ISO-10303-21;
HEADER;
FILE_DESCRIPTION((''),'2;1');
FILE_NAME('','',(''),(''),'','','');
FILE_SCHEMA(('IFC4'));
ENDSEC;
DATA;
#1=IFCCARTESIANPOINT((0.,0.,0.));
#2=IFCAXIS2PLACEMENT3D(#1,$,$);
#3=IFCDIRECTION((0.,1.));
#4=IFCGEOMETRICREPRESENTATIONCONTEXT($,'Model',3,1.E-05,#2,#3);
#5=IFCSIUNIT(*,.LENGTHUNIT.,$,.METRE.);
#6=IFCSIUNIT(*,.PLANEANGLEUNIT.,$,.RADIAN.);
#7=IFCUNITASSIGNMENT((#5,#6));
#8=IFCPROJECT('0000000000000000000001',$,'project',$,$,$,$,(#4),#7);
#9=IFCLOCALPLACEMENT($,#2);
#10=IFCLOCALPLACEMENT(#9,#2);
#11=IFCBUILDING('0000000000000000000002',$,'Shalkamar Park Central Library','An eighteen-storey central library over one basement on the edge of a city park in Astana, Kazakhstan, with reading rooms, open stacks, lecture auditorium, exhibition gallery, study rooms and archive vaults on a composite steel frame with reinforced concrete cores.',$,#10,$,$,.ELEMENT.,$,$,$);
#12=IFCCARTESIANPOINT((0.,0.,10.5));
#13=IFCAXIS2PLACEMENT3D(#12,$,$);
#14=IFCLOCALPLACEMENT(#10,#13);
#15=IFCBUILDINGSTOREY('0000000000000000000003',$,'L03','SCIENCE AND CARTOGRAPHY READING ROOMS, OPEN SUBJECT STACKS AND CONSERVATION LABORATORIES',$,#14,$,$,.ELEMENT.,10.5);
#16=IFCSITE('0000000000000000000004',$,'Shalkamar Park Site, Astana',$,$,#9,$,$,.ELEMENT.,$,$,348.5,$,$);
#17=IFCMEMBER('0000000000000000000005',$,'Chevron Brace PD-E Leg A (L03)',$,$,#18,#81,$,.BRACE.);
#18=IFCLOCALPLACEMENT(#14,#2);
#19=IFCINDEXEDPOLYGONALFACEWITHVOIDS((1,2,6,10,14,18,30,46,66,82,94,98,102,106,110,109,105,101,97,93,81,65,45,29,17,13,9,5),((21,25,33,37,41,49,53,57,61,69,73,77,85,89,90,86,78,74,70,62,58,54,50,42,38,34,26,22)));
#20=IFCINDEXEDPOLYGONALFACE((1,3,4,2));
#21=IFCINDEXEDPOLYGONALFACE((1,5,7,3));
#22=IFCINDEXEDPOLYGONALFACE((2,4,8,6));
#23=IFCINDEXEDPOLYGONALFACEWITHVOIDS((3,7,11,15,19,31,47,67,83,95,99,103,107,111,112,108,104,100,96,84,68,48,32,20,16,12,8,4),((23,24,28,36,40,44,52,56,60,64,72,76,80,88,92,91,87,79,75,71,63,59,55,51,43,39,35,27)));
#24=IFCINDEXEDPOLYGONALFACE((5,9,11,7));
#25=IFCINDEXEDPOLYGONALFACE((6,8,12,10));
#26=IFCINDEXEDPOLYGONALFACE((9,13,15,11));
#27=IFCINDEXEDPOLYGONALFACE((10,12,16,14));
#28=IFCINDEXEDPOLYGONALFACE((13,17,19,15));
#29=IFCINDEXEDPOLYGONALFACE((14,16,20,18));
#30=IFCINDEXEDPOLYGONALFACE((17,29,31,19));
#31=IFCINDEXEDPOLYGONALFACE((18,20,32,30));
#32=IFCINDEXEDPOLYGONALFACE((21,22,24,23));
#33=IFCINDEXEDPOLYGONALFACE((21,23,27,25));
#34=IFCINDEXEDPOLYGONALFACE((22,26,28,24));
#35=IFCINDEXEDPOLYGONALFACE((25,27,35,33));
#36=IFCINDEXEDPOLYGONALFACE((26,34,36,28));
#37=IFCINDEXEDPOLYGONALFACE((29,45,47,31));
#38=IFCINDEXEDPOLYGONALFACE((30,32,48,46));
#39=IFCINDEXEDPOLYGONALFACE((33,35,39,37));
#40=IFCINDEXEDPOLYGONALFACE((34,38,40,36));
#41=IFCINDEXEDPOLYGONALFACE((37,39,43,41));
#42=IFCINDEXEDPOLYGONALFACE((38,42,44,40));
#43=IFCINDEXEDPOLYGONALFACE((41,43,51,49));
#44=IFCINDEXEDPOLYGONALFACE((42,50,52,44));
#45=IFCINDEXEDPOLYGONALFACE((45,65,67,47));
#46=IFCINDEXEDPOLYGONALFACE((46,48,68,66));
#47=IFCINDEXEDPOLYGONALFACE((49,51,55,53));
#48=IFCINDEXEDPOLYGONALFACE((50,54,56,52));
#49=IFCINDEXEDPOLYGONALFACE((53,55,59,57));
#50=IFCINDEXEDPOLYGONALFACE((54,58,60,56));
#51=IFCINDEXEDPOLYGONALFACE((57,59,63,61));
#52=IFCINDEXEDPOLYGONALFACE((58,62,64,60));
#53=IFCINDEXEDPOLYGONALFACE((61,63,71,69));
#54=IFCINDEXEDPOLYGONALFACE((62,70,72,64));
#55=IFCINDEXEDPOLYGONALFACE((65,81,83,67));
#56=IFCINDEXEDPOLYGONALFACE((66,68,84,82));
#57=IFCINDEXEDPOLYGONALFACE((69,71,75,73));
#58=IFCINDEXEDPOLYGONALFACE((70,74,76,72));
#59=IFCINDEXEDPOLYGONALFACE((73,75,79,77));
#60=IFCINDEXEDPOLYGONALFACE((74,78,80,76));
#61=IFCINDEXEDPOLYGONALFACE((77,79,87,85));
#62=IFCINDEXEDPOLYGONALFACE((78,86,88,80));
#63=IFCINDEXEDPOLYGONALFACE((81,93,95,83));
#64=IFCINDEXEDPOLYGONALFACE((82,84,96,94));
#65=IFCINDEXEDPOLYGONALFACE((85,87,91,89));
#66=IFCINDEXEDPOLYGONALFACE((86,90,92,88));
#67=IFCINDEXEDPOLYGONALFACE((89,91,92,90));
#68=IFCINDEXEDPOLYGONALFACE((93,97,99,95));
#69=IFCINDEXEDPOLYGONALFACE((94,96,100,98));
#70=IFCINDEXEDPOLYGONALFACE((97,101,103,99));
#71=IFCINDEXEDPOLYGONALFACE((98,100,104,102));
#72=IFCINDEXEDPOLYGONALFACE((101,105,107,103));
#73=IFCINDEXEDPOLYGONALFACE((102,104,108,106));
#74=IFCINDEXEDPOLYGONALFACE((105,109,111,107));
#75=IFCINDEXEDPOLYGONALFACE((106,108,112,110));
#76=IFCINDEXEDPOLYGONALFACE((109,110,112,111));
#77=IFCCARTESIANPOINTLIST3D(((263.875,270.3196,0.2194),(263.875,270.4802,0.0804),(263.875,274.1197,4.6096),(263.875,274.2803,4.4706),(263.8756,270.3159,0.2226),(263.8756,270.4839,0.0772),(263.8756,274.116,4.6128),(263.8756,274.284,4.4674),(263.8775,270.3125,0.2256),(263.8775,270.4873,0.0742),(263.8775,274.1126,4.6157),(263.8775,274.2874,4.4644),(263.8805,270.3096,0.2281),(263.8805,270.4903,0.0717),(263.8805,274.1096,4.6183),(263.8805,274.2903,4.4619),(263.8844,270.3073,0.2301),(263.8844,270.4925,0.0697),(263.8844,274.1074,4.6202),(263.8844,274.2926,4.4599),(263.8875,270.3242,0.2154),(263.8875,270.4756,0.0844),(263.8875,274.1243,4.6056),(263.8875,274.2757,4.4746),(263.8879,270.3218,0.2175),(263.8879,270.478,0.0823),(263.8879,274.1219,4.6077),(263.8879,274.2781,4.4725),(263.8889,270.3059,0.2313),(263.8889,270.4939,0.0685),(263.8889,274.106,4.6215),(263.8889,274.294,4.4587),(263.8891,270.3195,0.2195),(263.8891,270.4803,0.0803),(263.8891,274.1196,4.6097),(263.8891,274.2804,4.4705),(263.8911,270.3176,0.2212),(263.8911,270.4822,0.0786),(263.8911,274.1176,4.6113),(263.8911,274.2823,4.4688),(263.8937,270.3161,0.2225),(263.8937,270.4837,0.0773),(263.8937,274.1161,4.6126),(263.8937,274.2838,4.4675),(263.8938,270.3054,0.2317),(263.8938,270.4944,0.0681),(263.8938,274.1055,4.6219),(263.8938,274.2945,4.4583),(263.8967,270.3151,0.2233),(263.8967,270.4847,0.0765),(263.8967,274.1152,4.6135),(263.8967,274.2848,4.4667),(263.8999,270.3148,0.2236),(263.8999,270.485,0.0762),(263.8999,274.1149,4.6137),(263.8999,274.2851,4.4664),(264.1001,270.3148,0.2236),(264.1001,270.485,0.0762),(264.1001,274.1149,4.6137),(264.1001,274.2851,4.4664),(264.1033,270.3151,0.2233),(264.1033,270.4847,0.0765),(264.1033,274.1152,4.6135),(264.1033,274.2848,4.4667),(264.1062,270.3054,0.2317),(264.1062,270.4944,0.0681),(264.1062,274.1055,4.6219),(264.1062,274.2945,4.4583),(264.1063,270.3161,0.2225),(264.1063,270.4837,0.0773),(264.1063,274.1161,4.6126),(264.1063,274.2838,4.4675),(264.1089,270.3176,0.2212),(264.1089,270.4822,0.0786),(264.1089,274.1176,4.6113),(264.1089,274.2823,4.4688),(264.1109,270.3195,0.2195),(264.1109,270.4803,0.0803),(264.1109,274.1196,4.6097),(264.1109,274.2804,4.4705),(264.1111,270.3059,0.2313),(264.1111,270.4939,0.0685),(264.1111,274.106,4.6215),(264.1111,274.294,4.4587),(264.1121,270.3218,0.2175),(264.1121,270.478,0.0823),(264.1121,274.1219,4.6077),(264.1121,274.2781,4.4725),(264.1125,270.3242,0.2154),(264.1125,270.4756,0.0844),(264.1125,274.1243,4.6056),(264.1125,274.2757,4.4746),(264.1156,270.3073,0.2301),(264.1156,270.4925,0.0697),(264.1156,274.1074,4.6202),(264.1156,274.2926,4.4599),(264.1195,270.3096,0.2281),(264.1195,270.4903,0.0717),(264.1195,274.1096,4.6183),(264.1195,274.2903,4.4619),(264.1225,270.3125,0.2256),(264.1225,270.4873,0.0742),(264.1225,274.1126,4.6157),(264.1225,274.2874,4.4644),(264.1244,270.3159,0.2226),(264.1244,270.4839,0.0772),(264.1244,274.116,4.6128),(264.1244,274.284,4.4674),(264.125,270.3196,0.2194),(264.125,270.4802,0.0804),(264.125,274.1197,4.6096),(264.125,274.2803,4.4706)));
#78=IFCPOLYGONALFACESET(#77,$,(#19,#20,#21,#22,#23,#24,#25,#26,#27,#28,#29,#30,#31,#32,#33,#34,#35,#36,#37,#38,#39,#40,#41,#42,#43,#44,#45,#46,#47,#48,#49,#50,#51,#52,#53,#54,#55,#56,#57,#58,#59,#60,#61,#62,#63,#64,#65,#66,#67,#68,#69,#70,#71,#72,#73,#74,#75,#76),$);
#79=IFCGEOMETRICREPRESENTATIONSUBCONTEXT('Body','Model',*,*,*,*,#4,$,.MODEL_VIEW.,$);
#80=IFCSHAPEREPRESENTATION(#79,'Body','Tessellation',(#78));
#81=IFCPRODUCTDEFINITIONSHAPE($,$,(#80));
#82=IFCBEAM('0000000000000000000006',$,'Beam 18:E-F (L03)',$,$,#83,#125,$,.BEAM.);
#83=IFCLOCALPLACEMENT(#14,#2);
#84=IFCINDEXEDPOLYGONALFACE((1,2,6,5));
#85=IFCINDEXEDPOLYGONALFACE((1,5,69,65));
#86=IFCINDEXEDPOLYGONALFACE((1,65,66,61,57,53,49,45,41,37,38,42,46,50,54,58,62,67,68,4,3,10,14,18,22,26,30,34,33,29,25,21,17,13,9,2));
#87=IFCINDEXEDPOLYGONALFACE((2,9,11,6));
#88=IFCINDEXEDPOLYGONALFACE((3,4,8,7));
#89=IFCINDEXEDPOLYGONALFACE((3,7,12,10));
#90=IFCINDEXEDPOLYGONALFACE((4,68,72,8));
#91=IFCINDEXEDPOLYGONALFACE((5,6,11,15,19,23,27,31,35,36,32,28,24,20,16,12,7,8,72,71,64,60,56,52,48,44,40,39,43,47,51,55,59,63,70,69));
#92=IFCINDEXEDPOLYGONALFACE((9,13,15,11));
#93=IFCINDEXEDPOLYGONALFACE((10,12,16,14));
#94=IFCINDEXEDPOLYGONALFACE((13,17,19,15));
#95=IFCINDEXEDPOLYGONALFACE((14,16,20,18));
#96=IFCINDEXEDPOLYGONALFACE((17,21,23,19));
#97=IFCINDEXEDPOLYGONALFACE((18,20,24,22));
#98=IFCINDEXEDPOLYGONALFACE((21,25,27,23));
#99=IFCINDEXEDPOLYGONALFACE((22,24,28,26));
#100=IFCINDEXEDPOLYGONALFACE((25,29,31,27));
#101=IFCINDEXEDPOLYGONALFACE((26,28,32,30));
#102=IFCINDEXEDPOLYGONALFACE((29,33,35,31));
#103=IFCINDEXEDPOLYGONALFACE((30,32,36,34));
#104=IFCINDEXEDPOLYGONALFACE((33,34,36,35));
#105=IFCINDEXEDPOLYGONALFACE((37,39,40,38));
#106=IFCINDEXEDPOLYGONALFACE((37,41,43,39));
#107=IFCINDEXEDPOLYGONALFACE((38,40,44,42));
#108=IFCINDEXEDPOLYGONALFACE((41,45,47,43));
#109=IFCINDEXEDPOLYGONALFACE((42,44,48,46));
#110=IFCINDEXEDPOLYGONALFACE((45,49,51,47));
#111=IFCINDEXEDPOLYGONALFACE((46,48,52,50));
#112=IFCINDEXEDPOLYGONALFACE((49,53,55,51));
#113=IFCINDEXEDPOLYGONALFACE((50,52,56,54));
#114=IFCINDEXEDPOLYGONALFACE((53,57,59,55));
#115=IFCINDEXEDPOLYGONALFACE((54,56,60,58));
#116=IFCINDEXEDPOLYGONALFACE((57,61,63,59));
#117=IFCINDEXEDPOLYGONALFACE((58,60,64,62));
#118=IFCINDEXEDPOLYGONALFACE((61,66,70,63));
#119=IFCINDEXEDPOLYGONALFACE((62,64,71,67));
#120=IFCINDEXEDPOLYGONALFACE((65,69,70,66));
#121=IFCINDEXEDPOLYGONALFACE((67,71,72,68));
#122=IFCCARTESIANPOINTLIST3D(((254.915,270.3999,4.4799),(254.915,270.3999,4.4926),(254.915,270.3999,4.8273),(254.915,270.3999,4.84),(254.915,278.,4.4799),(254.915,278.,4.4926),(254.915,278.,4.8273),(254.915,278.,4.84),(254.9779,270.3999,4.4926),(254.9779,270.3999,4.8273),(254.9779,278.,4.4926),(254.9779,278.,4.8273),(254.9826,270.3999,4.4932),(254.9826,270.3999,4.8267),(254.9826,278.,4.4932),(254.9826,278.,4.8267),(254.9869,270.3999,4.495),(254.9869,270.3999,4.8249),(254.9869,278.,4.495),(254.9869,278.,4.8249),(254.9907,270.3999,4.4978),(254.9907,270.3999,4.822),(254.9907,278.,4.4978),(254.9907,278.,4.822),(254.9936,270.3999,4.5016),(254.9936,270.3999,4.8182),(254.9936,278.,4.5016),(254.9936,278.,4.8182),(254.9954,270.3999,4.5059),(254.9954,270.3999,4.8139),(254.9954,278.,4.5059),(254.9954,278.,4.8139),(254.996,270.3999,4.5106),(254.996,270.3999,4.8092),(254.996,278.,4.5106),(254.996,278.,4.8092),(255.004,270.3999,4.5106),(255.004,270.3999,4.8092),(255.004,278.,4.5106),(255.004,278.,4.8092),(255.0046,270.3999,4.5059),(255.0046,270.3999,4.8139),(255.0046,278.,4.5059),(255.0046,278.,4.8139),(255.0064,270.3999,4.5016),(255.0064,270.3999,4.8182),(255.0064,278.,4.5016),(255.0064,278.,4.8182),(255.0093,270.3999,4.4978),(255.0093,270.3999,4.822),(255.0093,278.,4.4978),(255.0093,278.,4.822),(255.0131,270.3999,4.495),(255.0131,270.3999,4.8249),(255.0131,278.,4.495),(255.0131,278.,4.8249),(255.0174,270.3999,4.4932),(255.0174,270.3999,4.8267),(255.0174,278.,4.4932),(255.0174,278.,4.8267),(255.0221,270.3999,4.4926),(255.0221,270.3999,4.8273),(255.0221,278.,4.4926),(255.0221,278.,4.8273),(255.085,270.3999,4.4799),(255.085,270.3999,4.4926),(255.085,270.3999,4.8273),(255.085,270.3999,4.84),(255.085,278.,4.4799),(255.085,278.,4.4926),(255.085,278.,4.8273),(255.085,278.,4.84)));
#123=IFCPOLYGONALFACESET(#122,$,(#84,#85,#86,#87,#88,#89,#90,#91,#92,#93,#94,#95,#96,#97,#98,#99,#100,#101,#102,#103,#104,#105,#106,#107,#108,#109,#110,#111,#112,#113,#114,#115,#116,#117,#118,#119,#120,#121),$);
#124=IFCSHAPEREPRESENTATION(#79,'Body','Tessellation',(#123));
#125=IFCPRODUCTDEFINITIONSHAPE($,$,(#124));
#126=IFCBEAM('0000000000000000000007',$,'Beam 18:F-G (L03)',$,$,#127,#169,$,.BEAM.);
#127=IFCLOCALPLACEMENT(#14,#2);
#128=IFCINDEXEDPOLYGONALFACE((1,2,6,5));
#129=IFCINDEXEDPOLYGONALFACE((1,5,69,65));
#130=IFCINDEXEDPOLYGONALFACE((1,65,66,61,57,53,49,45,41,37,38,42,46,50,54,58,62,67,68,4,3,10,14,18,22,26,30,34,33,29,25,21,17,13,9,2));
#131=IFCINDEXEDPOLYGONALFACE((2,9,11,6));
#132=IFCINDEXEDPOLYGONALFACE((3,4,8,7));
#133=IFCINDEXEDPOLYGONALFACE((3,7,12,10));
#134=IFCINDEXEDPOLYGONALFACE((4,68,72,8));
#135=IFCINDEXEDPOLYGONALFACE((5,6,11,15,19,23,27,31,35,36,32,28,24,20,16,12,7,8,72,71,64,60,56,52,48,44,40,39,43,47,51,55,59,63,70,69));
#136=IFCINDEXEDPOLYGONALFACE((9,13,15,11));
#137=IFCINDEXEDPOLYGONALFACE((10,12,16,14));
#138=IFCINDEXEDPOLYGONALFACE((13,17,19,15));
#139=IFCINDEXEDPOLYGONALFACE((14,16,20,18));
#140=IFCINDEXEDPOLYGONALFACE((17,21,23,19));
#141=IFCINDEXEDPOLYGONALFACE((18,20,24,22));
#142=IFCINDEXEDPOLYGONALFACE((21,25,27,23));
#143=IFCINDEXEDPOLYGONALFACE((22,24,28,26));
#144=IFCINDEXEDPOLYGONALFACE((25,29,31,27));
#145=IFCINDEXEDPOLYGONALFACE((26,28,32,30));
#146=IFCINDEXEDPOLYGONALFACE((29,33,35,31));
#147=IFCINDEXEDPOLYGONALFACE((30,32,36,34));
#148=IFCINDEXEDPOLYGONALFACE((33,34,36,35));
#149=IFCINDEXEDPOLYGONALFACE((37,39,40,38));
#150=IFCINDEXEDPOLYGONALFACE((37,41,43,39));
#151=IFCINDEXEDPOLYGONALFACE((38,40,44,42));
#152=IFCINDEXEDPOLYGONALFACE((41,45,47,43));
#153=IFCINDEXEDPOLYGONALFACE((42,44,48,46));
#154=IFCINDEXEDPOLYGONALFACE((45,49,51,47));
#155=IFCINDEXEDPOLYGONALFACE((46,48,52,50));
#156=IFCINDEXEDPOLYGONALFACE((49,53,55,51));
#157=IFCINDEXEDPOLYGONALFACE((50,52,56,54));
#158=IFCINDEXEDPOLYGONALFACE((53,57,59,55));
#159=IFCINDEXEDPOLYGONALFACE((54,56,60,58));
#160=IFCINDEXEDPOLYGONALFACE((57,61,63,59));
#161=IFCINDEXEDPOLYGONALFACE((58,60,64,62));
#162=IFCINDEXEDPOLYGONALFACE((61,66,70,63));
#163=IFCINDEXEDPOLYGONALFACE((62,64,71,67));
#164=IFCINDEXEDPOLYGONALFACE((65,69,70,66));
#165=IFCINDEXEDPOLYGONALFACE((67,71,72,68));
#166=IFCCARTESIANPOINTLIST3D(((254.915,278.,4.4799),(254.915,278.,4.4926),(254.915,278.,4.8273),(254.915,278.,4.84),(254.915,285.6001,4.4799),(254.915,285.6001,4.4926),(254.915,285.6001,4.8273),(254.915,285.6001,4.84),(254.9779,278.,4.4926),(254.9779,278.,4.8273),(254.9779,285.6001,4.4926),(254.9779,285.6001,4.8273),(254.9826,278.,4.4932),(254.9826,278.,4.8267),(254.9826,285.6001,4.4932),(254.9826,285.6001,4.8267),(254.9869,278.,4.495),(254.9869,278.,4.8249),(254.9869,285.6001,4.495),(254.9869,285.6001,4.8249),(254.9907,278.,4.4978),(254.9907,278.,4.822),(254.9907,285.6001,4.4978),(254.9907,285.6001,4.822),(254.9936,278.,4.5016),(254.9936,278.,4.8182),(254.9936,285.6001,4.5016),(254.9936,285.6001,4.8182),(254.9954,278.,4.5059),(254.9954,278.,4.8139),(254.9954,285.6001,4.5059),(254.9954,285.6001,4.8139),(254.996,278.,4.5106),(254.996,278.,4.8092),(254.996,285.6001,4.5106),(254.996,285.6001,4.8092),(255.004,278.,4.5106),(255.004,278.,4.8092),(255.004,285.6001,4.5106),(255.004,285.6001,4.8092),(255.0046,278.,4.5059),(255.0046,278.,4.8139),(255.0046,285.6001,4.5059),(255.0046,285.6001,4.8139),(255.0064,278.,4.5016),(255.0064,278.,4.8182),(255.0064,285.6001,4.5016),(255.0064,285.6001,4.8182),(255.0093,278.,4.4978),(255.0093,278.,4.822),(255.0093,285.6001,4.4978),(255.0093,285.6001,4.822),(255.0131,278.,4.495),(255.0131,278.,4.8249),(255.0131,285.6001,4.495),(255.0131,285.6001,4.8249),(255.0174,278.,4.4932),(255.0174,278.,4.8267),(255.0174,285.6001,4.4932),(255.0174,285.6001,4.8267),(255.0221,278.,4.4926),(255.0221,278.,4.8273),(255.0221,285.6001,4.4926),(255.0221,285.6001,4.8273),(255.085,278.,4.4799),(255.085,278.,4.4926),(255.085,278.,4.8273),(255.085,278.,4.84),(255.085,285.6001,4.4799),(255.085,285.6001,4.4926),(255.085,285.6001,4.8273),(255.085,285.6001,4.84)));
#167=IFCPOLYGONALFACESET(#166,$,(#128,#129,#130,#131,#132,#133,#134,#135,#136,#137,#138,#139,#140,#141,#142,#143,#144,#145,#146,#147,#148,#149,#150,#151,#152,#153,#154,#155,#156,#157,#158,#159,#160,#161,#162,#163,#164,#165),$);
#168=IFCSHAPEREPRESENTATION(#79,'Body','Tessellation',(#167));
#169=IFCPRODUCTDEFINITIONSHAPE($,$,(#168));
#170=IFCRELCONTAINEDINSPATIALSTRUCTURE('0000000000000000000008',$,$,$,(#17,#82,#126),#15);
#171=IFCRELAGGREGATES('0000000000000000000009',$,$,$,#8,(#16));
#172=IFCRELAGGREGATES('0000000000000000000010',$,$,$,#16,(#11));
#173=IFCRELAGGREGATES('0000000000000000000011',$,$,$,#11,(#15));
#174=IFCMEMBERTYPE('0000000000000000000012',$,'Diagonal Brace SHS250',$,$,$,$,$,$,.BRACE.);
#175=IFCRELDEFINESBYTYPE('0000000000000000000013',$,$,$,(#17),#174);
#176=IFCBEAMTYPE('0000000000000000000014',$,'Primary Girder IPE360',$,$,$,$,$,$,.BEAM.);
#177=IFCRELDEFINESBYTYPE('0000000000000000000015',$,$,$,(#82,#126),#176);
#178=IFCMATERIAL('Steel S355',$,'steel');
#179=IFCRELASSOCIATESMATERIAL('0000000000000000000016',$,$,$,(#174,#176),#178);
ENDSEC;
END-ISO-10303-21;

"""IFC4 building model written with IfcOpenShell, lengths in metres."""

from ifc_helpers import new_model, si_unit, direction, frame, origin, origin_2d, place, context, subcontext, project, spatial, hollow_rectangle, i_section, extrude, material, material_profile, profile_set, type_object, element, save


model = new_model("IFC4")

# Units and contexts
model_context = context("Model", 3, precision=1e-05, world=origin(), true_north=direction((0.0, 1.0)))
body_context = subcontext(model_context, "Body", "Model", "MODEL_VIEW")
ifc_project = project(units=[si_unit("LENGTHUNIT", "METRE"), si_unit("PLANEANGLEUNIT", "RADIAN")], contexts=[model_context])

# Site, building, storey
site_placement = place(None, origin())
site = spatial("IfcSite", under=ifc_project, at=site_placement, Name="Shalkamar Park Site, Astana", CompositionType="ELEMENT", RefElevation=348.5)
building_placement = place(site_placement, origin())
building = spatial("IfcBuilding", under=site, at=building_placement, Name="Shalkamar Park Central Library", Description="An eighteen-storey central library over one basement on the edge of a city park in Astana, Kazakhstan, with reading rooms, open stacks, lecture auditorium, exhibition gallery, study rooms and archive vaults on a composite steel frame with reinforced concrete cores.", CompositionType="ELEMENT")
storey_placement = place(building_placement, frame((0.0, 0.0, 10.5)))
storey = spatial("IfcBuildingStorey", under=building, at=storey_placement, Name="L03", Description="SCIENCE AND CARTOGRAPHY READING ROOMS, OPEN SUBJECT STACKS AND CONSERVATION LABORATORIES", CompositionType="ELEMENT", Elevation=10.5)

# Shared definitions
ifc_material = material(Name="Steel S355", Category="steel")

# Member
ifc_material_profile_1 = material_profile(ifc_material, hollow_rectangle(XDim=0.25, YDim=0.25, WallThickness=0.0125, InnerFilletRadius=0.0125, OuterFilletRadius=0.0188, at=origin_2d()), Name="SHS 250x250x12.5")
ifc_profile_set_1 = profile_set([ifc_material_profile_1], Name="Steel S355")
member_type = type_object("IfcMemberType", Name="Diagonal Brace SHS250", PredefinedType="BRACE", material=ifc_profile_set_1)
member_placement = place(storey_placement, frame((264.0, 270.3999, 0.1499), z_axis=(0.0, 0.654465, 0.756093), x_axis=(-1.0, 0.0, 0.0)))
element("IfcMember", 1, at=member_placement, inside=storey, type_object=member_type, Name="Chevron Brace PD-E Leg A (L03)", PredefinedType="BRACE", context=body_context, shape_type="SweptSolid", body=[
    extrude(hollow_rectangle(XDim=0.25, YDim=0.25, WallThickness=0.0125, InnerFilletRadius=0.0125, OuterFilletRadius=0.0188, at=origin_2d()), origin(), (0.0, 0.0, 1.0), 5.8064),
])

# Beams
ifc_material_profile_2 = material_profile(ifc_material, i_section(OverallWidth=0.1699, OverallDepth=0.3601, WebThickness=0.0081, FlangeThickness=0.0127, FilletRadius=0.0181, at=origin_2d()), Name="IPE 360")
ifc_profile_set_2 = profile_set([ifc_material_profile_2], Name="Steel S355")
beam_type_1 = type_object("IfcBeamType", Name="Primary Girder IPE360", PredefinedType="BEAM", material=ifc_profile_set_2)
for number, where, z_axis, x_axis, name in (
    (2, (255.0, 270.3999, 4.6599), (0.0, 1.0, 0.0), (-1.0, 0.0, 0.0), "Beam 18:E-F (L03)"),
    (3, (255.0, 278.0, 4.6599), (0.0, 1.0, 0.0), (-1.0, 0.0, 0.0), "Beam 18:F-G (L03)"),
):
    element("IfcBeam", number, at=place(storey_placement, frame(where, z_axis=z_axis, x_axis=x_axis)), inside=storey, type_object=beam_type_1, Name=name, PredefinedType="BEAM", context=body_context, shape_type="SweptSolid", body=[
        extrude(i_section(OverallWidth=0.1699, OverallDepth=0.3601, WebThickness=0.0081, FlangeThickness=0.0127, FilletRadius=0.0181, at=origin_2d()), origin(), (0.0, 0.0, 1.0), 7.6001),
    ])

save(model, "model.ifc")
